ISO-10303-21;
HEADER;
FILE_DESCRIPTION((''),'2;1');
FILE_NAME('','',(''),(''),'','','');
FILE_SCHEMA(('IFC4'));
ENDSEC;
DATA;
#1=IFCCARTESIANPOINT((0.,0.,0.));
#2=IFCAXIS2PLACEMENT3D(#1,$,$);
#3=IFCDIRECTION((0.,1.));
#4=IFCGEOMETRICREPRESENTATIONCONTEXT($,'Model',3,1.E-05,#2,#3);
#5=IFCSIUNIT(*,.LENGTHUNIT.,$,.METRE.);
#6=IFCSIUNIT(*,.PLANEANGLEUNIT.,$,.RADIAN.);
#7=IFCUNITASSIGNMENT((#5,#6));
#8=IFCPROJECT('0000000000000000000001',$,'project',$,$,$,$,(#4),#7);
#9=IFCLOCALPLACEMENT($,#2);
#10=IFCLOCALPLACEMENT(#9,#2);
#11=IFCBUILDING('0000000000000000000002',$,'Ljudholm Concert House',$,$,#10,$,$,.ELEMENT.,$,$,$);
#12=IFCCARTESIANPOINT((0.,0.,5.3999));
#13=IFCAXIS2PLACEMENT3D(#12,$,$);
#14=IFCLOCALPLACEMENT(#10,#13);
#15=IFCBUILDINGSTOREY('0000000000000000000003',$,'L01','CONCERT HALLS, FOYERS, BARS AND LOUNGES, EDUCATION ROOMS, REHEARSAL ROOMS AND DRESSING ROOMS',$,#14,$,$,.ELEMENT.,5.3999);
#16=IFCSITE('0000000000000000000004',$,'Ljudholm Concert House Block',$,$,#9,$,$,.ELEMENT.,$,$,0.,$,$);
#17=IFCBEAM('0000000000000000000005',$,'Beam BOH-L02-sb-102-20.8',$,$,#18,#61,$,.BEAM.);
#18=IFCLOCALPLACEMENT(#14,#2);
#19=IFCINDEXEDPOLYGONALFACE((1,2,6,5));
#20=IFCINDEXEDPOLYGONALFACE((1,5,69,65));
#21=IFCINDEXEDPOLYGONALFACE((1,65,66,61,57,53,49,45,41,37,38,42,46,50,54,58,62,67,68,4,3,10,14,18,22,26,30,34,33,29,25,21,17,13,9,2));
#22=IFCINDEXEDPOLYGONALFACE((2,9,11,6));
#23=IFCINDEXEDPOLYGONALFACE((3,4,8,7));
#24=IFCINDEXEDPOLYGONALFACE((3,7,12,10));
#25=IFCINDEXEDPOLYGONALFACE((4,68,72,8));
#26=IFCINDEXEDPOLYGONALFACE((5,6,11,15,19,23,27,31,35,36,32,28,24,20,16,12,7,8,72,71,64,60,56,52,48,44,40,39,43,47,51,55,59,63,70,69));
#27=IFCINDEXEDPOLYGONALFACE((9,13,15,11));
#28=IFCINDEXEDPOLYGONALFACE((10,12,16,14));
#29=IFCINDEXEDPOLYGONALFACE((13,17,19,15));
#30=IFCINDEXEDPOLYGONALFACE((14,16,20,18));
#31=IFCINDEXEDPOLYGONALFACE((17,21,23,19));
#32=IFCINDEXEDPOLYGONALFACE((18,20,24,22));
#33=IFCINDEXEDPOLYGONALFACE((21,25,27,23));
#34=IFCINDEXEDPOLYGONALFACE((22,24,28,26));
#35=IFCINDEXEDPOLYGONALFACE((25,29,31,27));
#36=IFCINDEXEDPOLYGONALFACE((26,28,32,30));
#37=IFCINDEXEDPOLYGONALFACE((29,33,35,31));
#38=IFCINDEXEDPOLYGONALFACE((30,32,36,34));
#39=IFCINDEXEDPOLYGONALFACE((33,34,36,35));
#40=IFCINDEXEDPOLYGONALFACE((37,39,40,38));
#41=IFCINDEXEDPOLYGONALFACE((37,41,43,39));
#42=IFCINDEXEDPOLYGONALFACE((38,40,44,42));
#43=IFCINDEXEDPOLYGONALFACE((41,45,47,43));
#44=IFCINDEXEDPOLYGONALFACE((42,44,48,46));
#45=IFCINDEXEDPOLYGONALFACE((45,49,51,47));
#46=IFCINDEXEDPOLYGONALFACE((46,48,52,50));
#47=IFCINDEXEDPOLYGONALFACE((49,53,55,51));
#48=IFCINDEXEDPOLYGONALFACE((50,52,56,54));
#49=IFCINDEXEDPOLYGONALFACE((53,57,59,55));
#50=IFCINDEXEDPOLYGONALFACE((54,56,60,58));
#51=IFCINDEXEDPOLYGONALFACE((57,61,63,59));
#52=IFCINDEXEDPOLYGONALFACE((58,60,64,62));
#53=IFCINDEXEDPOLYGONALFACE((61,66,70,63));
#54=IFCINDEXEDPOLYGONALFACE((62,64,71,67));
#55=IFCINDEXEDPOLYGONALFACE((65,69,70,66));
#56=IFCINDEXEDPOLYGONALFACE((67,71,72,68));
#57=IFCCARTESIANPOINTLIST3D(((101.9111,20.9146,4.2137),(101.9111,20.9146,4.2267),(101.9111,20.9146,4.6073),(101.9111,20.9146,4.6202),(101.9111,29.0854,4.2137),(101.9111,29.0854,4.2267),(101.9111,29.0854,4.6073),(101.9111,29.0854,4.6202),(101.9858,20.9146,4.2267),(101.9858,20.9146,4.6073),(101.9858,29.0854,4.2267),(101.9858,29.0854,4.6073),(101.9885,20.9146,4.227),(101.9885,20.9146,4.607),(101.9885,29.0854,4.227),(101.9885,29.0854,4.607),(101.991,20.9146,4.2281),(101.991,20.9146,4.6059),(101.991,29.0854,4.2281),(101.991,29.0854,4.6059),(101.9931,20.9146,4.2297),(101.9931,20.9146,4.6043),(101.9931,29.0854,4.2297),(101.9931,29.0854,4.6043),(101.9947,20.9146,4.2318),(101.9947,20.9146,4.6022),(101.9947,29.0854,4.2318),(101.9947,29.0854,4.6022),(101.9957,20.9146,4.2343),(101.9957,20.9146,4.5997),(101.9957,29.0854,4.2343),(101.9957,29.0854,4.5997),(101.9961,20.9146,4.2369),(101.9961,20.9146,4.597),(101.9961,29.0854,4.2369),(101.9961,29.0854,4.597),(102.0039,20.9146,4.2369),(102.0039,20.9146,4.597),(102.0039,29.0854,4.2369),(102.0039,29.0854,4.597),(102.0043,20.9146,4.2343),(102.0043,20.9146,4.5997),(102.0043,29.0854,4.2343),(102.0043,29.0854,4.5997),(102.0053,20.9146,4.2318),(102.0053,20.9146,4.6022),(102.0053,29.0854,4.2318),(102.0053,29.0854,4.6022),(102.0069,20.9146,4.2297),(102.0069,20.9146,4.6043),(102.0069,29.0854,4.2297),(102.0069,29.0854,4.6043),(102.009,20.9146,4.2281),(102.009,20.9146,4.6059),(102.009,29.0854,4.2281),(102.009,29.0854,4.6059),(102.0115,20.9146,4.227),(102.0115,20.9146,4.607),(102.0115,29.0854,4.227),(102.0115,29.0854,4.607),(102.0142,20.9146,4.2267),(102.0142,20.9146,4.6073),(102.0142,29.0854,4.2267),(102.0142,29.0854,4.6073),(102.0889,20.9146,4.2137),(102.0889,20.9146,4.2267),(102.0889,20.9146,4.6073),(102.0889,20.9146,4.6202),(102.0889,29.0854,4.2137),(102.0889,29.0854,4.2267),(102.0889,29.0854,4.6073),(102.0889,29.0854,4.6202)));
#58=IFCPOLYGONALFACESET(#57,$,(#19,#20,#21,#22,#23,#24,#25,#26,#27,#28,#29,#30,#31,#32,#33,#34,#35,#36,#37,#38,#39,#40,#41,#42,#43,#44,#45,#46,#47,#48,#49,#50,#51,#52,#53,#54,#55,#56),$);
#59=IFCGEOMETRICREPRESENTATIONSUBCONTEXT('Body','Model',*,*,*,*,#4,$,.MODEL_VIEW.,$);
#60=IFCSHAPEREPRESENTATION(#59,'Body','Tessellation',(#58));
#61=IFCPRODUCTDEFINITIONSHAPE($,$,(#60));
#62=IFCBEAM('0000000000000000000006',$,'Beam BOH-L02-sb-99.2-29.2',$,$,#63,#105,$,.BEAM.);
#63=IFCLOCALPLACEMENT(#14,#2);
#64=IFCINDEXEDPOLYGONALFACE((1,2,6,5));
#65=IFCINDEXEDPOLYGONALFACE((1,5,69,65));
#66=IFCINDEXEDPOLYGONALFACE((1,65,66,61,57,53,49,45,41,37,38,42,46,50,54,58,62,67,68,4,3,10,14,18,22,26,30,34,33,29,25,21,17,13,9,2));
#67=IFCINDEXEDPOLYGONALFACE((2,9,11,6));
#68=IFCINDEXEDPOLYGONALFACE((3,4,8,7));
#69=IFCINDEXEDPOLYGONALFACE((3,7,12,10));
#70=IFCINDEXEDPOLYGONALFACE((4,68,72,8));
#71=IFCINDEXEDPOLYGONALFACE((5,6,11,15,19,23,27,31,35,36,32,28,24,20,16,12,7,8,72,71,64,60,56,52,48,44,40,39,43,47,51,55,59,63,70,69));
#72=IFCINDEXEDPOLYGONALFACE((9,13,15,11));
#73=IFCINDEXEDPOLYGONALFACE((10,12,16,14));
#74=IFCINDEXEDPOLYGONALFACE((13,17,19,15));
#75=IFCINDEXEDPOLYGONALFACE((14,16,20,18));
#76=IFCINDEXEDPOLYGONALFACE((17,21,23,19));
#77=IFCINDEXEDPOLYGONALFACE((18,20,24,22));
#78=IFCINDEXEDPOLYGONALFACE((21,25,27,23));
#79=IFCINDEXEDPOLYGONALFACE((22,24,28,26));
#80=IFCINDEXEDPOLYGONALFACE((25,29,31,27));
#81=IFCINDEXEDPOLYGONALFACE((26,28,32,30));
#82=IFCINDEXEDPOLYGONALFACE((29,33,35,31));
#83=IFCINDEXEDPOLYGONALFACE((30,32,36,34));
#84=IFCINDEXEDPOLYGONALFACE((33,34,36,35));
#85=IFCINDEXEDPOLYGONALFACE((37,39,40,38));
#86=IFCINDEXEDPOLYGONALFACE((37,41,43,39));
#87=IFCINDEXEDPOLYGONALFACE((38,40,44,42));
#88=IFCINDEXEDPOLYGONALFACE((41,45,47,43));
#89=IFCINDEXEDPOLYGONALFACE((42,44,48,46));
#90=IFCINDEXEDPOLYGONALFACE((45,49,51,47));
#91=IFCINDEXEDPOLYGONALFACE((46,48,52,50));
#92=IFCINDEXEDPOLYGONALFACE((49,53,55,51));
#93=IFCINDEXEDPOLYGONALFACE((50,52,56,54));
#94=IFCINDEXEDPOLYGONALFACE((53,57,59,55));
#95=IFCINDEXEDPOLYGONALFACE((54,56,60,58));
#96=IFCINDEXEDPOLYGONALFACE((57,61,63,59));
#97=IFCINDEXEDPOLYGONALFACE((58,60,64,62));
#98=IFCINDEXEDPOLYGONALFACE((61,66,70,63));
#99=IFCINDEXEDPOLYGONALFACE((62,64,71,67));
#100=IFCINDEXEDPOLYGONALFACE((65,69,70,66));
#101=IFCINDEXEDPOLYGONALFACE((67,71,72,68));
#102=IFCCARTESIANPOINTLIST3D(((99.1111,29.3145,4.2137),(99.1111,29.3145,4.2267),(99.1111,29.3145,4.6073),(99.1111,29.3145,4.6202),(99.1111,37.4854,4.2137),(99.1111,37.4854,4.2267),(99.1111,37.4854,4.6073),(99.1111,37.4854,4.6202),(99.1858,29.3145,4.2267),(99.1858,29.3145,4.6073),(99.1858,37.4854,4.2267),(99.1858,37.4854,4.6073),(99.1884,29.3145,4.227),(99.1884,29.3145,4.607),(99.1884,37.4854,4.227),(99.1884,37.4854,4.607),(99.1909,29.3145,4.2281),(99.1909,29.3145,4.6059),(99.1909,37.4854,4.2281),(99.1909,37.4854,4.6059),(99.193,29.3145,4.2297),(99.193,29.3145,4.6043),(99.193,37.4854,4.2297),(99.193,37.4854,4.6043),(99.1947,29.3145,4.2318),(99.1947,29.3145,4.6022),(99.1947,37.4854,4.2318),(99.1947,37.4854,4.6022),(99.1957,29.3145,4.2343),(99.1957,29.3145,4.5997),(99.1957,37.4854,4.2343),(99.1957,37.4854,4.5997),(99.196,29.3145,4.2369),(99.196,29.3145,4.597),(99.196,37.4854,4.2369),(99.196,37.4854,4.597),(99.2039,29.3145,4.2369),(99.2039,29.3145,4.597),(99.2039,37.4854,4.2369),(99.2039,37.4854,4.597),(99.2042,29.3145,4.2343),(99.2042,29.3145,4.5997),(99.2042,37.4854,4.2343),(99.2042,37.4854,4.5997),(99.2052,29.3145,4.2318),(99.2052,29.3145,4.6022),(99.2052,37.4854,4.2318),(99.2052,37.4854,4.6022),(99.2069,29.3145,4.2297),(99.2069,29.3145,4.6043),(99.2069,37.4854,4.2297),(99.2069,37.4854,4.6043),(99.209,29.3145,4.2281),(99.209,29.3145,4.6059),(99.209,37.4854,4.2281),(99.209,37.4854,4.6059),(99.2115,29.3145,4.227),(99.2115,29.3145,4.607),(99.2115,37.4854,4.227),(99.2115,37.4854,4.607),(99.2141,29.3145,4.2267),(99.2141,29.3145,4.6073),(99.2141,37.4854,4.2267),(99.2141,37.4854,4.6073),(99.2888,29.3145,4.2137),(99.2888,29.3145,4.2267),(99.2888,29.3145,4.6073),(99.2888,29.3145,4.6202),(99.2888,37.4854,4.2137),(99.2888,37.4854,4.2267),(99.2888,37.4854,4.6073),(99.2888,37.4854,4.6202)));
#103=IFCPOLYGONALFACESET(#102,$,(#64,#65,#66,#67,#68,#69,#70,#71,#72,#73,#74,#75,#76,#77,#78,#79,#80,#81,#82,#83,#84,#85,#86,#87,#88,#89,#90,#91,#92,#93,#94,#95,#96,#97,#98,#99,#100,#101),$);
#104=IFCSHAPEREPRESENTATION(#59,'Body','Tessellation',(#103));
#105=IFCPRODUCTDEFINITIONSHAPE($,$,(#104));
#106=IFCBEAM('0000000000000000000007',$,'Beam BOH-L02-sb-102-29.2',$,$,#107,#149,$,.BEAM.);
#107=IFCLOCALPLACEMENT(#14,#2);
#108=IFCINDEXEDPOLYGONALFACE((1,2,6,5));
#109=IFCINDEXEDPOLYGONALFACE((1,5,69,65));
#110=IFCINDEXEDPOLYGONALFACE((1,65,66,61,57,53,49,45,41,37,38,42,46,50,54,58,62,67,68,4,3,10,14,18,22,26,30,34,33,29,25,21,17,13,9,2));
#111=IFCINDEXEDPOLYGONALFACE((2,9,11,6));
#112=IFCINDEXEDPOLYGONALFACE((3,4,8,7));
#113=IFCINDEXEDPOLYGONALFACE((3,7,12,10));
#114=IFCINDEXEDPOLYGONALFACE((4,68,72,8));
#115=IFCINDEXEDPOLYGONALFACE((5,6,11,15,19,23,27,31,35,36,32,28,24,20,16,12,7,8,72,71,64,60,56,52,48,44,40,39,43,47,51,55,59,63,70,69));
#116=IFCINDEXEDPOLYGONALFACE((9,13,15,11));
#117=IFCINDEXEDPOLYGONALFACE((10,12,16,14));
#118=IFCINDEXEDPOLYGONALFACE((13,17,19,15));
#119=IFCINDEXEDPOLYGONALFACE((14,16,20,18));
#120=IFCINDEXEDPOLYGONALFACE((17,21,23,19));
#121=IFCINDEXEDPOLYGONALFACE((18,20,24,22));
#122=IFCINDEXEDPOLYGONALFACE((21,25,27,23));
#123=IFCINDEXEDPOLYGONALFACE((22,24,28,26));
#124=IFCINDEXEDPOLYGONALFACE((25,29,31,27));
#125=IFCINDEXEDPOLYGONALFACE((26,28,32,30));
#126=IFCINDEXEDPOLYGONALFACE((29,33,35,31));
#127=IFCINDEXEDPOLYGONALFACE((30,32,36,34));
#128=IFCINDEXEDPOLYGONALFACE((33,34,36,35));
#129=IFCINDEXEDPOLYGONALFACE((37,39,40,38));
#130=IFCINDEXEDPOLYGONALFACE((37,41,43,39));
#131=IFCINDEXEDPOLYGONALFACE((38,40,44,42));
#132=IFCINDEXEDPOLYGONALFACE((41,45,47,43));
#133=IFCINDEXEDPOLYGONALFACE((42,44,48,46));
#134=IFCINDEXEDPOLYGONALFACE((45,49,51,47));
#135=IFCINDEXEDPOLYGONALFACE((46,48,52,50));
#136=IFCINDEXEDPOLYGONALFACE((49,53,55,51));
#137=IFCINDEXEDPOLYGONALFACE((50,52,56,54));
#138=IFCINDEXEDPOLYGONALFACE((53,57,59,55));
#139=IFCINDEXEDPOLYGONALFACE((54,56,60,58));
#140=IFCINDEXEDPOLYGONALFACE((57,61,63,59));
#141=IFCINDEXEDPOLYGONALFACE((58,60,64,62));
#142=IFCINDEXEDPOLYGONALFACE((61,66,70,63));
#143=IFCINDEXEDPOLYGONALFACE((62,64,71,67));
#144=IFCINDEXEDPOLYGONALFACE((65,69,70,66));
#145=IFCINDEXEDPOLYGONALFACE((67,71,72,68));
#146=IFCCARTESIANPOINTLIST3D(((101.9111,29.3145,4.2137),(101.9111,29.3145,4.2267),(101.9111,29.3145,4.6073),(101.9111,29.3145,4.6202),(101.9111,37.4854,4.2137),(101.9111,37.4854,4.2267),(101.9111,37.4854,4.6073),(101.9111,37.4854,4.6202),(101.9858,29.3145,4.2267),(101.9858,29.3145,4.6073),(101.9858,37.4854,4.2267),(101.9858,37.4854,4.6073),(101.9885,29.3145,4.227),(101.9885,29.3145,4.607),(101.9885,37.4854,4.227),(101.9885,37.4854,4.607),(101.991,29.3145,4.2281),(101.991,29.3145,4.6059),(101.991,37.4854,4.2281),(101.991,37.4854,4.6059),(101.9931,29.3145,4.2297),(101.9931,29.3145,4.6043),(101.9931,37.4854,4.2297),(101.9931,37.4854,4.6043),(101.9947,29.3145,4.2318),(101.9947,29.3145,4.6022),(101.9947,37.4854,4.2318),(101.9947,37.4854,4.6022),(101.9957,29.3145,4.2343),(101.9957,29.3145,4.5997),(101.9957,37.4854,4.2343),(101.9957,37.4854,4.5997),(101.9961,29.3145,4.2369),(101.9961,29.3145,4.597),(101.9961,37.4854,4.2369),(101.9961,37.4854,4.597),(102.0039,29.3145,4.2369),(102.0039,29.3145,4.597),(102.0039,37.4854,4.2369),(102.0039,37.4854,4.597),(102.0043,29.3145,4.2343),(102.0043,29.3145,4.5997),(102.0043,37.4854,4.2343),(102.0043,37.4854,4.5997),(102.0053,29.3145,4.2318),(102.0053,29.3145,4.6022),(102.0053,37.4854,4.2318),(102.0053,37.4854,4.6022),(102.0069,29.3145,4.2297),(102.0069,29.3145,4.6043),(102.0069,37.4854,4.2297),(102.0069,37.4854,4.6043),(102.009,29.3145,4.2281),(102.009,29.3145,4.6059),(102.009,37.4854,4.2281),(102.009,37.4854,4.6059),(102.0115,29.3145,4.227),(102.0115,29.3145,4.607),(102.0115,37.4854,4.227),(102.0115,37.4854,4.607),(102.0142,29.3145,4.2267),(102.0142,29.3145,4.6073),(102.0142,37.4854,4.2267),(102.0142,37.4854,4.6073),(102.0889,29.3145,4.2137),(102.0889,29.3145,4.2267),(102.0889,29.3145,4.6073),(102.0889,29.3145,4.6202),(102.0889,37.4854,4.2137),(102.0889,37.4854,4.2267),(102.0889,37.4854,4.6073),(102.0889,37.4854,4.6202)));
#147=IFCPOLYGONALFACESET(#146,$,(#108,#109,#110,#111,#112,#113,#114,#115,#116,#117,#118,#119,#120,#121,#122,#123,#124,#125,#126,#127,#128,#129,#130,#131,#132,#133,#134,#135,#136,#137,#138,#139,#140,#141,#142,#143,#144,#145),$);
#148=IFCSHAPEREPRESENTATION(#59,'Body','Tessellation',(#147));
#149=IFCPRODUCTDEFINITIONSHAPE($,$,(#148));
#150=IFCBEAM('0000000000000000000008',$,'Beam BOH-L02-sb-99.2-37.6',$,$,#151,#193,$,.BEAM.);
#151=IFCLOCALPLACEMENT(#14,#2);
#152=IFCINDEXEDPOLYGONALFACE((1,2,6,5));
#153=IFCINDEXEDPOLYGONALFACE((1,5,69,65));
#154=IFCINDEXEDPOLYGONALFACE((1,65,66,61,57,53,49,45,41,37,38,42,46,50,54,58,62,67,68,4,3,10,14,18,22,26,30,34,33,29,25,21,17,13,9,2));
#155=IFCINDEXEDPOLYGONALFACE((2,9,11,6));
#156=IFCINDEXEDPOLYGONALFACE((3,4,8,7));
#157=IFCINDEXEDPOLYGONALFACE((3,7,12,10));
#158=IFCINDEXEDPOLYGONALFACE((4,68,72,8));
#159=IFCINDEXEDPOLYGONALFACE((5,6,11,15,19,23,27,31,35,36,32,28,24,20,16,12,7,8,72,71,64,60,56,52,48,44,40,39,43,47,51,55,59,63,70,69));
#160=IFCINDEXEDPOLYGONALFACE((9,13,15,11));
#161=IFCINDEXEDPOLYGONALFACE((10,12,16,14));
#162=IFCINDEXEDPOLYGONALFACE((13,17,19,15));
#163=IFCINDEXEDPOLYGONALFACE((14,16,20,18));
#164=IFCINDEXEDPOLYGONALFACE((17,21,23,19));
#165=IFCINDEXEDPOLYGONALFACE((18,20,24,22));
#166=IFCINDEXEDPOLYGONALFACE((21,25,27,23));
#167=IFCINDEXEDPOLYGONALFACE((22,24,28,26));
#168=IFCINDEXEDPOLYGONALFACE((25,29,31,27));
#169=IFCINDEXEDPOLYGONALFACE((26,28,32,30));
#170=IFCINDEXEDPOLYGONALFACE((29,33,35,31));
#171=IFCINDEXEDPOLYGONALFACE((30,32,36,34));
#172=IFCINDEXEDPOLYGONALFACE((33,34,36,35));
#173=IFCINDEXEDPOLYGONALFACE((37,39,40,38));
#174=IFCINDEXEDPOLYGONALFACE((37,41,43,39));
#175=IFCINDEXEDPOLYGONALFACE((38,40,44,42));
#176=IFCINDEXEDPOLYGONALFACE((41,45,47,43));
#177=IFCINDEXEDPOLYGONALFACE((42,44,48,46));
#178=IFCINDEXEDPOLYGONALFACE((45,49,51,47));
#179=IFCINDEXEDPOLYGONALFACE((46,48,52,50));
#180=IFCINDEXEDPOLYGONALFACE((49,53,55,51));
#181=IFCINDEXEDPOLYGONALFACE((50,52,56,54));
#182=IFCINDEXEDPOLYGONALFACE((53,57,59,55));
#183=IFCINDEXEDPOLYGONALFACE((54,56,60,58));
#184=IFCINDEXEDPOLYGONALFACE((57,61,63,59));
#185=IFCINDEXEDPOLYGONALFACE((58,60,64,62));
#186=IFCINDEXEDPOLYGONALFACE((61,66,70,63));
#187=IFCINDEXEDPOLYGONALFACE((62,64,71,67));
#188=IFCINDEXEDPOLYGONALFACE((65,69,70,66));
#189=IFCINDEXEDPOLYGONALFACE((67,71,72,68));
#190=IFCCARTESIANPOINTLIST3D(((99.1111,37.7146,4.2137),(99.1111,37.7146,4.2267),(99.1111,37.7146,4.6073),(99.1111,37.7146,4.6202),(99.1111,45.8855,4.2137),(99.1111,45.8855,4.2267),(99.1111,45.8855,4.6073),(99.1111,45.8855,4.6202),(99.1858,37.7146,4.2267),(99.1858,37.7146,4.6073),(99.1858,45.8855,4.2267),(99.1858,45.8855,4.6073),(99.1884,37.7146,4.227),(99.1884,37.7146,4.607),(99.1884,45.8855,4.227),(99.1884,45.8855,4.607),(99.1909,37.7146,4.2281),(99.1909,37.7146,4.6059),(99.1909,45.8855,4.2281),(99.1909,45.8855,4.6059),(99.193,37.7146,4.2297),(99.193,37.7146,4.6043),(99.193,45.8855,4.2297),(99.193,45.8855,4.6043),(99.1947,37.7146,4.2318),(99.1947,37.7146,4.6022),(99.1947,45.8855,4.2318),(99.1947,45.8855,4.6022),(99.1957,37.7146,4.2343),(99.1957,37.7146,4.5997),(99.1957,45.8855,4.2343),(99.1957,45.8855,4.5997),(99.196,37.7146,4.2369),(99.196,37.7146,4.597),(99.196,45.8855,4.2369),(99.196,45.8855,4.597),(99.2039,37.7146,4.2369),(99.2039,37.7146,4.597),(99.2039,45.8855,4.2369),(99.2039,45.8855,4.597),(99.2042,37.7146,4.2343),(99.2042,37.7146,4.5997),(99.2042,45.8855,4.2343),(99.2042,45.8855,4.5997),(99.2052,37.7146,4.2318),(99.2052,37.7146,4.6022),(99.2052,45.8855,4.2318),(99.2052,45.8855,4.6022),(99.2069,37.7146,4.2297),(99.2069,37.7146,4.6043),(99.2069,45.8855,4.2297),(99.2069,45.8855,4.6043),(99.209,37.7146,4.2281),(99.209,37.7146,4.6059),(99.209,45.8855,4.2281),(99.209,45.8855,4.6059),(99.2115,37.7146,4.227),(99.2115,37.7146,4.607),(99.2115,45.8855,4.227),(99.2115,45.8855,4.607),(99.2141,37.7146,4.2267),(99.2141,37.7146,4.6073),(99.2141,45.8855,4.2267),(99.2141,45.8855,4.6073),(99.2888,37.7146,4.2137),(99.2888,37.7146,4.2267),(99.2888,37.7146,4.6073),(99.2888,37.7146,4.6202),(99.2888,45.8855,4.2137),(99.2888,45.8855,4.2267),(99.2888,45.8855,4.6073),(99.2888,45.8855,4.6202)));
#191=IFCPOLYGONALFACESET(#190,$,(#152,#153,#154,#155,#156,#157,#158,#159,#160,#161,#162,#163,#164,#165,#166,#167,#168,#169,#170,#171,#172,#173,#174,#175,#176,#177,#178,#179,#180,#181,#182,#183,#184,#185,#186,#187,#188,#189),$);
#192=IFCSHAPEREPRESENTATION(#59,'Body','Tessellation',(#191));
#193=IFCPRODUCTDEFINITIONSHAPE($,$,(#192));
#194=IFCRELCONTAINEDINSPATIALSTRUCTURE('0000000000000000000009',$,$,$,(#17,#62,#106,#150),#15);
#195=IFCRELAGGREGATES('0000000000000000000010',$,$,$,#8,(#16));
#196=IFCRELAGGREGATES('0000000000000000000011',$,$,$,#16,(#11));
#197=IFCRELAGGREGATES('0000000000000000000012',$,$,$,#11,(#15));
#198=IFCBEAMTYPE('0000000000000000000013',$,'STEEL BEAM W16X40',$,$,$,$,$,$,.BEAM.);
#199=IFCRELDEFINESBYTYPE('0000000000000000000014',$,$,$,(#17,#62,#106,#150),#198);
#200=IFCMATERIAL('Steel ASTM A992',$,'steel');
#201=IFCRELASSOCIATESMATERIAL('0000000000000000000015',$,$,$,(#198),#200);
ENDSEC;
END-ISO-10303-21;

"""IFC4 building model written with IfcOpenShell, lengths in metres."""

from ifc_helpers import new_model, si_unit, direction, frame, origin, origin_2d, place, context, subcontext, project, spatial, i_section, extrude, material, material_profile, profile_set, type_object, element, save


model = new_model("IFC4")

# Units and contexts
model_context = context("Model", 3, precision=1e-05, world=origin(), true_north=direction((0.0, 1.0)))
body_context = subcontext(model_context, "Body", "Model", "MODEL_VIEW")
ifc_project = project(units=[si_unit("LENGTHUNIT", "METRE"), si_unit("PLANEANGLEUNIT", "RADIAN")], contexts=[model_context])

# Site, building, storey
site_placement = place(None, origin())
site = spatial("IfcSite", under=ifc_project, at=site_placement, Name="Ljudholm Concert House Block", CompositionType="ELEMENT", RefElevation=0.0)
building_placement = place(site_placement, origin())
building = spatial("IfcBuilding", under=site, at=building_placement, Name="Ljudholm Concert House", CompositionType="ELEMENT")
storey_placement = place(building_placement, frame((0.0, 0.0, 5.3999)))
storey = spatial("IfcBuildingStorey", under=building, at=storey_placement, Name="L01", Description="CONCERT HALLS, FOYERS, BARS AND LOUNGES, EDUCATION ROOMS, REHEARSAL ROOMS AND DRESSING ROOMS", CompositionType="ELEMENT", Elevation=5.3999)

# Beams
ifc_material_1 = material(Name="Steel ASTM A992", Category="steel")
ifc_material_profile_1 = material_profile(ifc_material_1, i_section(OverallWidth=0.1777, OverallDepth=0.4065, WebThickness=0.0078, FlangeThickness=0.0129, FilletRadius=0.0103, at=origin_2d()), Name="W16X40")
ifc_profile_set_1 = profile_set([ifc_material_profile_1], Name="Steel ASTM A992")
beam_type_1 = type_object("IfcBeamType", Name="STEEL BEAM W16X40", PredefinedType="BEAM", material=ifc_profile_set_1)
for number, where, z_axis, x_axis, name in (
    (1, (102.0, 20.9146, 4.417), (0.0, 1.0, 0.0), (-1.0, 0.0, 0.0), "Beam BOH-L02-sb-102-20.8"),
    (2, (99.2, 29.3145, 4.417), (0.0, 1.0, 0.0), (-1.0, 0.0, 0.0), "Beam BOH-L02-sb-99.2-29.2"),
    (3, (102.0, 29.3145, 4.417), (0.0, 1.0, 0.0), (-1.0, 0.0, 0.0), "Beam BOH-L02-sb-102-29.2"),
    (4, (99.2, 37.7146, 4.417), (0.0, 1.0, 0.0), (-1.0, 0.0, 0.0), "Beam BOH-L02-sb-99.2-37.6"),
):
    element("IfcBeam", number, at=place(storey_placement, frame(where, z_axis=z_axis, x_axis=x_axis)), inside=storey, type_object=beam_type_1, Name=name, PredefinedType="BEAM", context=body_context, shape_type="SweptSolid", body=[
        extrude(i_section(OverallWidth=0.1777, OverallDepth=0.4065, WebThickness=0.0078, FlangeThickness=0.0129, FilletRadius=0.0103, at=origin_2d()), origin(), (0.0, 0.0, 1.0), 8.1709),
    ])

save(model, "model.ifc")
